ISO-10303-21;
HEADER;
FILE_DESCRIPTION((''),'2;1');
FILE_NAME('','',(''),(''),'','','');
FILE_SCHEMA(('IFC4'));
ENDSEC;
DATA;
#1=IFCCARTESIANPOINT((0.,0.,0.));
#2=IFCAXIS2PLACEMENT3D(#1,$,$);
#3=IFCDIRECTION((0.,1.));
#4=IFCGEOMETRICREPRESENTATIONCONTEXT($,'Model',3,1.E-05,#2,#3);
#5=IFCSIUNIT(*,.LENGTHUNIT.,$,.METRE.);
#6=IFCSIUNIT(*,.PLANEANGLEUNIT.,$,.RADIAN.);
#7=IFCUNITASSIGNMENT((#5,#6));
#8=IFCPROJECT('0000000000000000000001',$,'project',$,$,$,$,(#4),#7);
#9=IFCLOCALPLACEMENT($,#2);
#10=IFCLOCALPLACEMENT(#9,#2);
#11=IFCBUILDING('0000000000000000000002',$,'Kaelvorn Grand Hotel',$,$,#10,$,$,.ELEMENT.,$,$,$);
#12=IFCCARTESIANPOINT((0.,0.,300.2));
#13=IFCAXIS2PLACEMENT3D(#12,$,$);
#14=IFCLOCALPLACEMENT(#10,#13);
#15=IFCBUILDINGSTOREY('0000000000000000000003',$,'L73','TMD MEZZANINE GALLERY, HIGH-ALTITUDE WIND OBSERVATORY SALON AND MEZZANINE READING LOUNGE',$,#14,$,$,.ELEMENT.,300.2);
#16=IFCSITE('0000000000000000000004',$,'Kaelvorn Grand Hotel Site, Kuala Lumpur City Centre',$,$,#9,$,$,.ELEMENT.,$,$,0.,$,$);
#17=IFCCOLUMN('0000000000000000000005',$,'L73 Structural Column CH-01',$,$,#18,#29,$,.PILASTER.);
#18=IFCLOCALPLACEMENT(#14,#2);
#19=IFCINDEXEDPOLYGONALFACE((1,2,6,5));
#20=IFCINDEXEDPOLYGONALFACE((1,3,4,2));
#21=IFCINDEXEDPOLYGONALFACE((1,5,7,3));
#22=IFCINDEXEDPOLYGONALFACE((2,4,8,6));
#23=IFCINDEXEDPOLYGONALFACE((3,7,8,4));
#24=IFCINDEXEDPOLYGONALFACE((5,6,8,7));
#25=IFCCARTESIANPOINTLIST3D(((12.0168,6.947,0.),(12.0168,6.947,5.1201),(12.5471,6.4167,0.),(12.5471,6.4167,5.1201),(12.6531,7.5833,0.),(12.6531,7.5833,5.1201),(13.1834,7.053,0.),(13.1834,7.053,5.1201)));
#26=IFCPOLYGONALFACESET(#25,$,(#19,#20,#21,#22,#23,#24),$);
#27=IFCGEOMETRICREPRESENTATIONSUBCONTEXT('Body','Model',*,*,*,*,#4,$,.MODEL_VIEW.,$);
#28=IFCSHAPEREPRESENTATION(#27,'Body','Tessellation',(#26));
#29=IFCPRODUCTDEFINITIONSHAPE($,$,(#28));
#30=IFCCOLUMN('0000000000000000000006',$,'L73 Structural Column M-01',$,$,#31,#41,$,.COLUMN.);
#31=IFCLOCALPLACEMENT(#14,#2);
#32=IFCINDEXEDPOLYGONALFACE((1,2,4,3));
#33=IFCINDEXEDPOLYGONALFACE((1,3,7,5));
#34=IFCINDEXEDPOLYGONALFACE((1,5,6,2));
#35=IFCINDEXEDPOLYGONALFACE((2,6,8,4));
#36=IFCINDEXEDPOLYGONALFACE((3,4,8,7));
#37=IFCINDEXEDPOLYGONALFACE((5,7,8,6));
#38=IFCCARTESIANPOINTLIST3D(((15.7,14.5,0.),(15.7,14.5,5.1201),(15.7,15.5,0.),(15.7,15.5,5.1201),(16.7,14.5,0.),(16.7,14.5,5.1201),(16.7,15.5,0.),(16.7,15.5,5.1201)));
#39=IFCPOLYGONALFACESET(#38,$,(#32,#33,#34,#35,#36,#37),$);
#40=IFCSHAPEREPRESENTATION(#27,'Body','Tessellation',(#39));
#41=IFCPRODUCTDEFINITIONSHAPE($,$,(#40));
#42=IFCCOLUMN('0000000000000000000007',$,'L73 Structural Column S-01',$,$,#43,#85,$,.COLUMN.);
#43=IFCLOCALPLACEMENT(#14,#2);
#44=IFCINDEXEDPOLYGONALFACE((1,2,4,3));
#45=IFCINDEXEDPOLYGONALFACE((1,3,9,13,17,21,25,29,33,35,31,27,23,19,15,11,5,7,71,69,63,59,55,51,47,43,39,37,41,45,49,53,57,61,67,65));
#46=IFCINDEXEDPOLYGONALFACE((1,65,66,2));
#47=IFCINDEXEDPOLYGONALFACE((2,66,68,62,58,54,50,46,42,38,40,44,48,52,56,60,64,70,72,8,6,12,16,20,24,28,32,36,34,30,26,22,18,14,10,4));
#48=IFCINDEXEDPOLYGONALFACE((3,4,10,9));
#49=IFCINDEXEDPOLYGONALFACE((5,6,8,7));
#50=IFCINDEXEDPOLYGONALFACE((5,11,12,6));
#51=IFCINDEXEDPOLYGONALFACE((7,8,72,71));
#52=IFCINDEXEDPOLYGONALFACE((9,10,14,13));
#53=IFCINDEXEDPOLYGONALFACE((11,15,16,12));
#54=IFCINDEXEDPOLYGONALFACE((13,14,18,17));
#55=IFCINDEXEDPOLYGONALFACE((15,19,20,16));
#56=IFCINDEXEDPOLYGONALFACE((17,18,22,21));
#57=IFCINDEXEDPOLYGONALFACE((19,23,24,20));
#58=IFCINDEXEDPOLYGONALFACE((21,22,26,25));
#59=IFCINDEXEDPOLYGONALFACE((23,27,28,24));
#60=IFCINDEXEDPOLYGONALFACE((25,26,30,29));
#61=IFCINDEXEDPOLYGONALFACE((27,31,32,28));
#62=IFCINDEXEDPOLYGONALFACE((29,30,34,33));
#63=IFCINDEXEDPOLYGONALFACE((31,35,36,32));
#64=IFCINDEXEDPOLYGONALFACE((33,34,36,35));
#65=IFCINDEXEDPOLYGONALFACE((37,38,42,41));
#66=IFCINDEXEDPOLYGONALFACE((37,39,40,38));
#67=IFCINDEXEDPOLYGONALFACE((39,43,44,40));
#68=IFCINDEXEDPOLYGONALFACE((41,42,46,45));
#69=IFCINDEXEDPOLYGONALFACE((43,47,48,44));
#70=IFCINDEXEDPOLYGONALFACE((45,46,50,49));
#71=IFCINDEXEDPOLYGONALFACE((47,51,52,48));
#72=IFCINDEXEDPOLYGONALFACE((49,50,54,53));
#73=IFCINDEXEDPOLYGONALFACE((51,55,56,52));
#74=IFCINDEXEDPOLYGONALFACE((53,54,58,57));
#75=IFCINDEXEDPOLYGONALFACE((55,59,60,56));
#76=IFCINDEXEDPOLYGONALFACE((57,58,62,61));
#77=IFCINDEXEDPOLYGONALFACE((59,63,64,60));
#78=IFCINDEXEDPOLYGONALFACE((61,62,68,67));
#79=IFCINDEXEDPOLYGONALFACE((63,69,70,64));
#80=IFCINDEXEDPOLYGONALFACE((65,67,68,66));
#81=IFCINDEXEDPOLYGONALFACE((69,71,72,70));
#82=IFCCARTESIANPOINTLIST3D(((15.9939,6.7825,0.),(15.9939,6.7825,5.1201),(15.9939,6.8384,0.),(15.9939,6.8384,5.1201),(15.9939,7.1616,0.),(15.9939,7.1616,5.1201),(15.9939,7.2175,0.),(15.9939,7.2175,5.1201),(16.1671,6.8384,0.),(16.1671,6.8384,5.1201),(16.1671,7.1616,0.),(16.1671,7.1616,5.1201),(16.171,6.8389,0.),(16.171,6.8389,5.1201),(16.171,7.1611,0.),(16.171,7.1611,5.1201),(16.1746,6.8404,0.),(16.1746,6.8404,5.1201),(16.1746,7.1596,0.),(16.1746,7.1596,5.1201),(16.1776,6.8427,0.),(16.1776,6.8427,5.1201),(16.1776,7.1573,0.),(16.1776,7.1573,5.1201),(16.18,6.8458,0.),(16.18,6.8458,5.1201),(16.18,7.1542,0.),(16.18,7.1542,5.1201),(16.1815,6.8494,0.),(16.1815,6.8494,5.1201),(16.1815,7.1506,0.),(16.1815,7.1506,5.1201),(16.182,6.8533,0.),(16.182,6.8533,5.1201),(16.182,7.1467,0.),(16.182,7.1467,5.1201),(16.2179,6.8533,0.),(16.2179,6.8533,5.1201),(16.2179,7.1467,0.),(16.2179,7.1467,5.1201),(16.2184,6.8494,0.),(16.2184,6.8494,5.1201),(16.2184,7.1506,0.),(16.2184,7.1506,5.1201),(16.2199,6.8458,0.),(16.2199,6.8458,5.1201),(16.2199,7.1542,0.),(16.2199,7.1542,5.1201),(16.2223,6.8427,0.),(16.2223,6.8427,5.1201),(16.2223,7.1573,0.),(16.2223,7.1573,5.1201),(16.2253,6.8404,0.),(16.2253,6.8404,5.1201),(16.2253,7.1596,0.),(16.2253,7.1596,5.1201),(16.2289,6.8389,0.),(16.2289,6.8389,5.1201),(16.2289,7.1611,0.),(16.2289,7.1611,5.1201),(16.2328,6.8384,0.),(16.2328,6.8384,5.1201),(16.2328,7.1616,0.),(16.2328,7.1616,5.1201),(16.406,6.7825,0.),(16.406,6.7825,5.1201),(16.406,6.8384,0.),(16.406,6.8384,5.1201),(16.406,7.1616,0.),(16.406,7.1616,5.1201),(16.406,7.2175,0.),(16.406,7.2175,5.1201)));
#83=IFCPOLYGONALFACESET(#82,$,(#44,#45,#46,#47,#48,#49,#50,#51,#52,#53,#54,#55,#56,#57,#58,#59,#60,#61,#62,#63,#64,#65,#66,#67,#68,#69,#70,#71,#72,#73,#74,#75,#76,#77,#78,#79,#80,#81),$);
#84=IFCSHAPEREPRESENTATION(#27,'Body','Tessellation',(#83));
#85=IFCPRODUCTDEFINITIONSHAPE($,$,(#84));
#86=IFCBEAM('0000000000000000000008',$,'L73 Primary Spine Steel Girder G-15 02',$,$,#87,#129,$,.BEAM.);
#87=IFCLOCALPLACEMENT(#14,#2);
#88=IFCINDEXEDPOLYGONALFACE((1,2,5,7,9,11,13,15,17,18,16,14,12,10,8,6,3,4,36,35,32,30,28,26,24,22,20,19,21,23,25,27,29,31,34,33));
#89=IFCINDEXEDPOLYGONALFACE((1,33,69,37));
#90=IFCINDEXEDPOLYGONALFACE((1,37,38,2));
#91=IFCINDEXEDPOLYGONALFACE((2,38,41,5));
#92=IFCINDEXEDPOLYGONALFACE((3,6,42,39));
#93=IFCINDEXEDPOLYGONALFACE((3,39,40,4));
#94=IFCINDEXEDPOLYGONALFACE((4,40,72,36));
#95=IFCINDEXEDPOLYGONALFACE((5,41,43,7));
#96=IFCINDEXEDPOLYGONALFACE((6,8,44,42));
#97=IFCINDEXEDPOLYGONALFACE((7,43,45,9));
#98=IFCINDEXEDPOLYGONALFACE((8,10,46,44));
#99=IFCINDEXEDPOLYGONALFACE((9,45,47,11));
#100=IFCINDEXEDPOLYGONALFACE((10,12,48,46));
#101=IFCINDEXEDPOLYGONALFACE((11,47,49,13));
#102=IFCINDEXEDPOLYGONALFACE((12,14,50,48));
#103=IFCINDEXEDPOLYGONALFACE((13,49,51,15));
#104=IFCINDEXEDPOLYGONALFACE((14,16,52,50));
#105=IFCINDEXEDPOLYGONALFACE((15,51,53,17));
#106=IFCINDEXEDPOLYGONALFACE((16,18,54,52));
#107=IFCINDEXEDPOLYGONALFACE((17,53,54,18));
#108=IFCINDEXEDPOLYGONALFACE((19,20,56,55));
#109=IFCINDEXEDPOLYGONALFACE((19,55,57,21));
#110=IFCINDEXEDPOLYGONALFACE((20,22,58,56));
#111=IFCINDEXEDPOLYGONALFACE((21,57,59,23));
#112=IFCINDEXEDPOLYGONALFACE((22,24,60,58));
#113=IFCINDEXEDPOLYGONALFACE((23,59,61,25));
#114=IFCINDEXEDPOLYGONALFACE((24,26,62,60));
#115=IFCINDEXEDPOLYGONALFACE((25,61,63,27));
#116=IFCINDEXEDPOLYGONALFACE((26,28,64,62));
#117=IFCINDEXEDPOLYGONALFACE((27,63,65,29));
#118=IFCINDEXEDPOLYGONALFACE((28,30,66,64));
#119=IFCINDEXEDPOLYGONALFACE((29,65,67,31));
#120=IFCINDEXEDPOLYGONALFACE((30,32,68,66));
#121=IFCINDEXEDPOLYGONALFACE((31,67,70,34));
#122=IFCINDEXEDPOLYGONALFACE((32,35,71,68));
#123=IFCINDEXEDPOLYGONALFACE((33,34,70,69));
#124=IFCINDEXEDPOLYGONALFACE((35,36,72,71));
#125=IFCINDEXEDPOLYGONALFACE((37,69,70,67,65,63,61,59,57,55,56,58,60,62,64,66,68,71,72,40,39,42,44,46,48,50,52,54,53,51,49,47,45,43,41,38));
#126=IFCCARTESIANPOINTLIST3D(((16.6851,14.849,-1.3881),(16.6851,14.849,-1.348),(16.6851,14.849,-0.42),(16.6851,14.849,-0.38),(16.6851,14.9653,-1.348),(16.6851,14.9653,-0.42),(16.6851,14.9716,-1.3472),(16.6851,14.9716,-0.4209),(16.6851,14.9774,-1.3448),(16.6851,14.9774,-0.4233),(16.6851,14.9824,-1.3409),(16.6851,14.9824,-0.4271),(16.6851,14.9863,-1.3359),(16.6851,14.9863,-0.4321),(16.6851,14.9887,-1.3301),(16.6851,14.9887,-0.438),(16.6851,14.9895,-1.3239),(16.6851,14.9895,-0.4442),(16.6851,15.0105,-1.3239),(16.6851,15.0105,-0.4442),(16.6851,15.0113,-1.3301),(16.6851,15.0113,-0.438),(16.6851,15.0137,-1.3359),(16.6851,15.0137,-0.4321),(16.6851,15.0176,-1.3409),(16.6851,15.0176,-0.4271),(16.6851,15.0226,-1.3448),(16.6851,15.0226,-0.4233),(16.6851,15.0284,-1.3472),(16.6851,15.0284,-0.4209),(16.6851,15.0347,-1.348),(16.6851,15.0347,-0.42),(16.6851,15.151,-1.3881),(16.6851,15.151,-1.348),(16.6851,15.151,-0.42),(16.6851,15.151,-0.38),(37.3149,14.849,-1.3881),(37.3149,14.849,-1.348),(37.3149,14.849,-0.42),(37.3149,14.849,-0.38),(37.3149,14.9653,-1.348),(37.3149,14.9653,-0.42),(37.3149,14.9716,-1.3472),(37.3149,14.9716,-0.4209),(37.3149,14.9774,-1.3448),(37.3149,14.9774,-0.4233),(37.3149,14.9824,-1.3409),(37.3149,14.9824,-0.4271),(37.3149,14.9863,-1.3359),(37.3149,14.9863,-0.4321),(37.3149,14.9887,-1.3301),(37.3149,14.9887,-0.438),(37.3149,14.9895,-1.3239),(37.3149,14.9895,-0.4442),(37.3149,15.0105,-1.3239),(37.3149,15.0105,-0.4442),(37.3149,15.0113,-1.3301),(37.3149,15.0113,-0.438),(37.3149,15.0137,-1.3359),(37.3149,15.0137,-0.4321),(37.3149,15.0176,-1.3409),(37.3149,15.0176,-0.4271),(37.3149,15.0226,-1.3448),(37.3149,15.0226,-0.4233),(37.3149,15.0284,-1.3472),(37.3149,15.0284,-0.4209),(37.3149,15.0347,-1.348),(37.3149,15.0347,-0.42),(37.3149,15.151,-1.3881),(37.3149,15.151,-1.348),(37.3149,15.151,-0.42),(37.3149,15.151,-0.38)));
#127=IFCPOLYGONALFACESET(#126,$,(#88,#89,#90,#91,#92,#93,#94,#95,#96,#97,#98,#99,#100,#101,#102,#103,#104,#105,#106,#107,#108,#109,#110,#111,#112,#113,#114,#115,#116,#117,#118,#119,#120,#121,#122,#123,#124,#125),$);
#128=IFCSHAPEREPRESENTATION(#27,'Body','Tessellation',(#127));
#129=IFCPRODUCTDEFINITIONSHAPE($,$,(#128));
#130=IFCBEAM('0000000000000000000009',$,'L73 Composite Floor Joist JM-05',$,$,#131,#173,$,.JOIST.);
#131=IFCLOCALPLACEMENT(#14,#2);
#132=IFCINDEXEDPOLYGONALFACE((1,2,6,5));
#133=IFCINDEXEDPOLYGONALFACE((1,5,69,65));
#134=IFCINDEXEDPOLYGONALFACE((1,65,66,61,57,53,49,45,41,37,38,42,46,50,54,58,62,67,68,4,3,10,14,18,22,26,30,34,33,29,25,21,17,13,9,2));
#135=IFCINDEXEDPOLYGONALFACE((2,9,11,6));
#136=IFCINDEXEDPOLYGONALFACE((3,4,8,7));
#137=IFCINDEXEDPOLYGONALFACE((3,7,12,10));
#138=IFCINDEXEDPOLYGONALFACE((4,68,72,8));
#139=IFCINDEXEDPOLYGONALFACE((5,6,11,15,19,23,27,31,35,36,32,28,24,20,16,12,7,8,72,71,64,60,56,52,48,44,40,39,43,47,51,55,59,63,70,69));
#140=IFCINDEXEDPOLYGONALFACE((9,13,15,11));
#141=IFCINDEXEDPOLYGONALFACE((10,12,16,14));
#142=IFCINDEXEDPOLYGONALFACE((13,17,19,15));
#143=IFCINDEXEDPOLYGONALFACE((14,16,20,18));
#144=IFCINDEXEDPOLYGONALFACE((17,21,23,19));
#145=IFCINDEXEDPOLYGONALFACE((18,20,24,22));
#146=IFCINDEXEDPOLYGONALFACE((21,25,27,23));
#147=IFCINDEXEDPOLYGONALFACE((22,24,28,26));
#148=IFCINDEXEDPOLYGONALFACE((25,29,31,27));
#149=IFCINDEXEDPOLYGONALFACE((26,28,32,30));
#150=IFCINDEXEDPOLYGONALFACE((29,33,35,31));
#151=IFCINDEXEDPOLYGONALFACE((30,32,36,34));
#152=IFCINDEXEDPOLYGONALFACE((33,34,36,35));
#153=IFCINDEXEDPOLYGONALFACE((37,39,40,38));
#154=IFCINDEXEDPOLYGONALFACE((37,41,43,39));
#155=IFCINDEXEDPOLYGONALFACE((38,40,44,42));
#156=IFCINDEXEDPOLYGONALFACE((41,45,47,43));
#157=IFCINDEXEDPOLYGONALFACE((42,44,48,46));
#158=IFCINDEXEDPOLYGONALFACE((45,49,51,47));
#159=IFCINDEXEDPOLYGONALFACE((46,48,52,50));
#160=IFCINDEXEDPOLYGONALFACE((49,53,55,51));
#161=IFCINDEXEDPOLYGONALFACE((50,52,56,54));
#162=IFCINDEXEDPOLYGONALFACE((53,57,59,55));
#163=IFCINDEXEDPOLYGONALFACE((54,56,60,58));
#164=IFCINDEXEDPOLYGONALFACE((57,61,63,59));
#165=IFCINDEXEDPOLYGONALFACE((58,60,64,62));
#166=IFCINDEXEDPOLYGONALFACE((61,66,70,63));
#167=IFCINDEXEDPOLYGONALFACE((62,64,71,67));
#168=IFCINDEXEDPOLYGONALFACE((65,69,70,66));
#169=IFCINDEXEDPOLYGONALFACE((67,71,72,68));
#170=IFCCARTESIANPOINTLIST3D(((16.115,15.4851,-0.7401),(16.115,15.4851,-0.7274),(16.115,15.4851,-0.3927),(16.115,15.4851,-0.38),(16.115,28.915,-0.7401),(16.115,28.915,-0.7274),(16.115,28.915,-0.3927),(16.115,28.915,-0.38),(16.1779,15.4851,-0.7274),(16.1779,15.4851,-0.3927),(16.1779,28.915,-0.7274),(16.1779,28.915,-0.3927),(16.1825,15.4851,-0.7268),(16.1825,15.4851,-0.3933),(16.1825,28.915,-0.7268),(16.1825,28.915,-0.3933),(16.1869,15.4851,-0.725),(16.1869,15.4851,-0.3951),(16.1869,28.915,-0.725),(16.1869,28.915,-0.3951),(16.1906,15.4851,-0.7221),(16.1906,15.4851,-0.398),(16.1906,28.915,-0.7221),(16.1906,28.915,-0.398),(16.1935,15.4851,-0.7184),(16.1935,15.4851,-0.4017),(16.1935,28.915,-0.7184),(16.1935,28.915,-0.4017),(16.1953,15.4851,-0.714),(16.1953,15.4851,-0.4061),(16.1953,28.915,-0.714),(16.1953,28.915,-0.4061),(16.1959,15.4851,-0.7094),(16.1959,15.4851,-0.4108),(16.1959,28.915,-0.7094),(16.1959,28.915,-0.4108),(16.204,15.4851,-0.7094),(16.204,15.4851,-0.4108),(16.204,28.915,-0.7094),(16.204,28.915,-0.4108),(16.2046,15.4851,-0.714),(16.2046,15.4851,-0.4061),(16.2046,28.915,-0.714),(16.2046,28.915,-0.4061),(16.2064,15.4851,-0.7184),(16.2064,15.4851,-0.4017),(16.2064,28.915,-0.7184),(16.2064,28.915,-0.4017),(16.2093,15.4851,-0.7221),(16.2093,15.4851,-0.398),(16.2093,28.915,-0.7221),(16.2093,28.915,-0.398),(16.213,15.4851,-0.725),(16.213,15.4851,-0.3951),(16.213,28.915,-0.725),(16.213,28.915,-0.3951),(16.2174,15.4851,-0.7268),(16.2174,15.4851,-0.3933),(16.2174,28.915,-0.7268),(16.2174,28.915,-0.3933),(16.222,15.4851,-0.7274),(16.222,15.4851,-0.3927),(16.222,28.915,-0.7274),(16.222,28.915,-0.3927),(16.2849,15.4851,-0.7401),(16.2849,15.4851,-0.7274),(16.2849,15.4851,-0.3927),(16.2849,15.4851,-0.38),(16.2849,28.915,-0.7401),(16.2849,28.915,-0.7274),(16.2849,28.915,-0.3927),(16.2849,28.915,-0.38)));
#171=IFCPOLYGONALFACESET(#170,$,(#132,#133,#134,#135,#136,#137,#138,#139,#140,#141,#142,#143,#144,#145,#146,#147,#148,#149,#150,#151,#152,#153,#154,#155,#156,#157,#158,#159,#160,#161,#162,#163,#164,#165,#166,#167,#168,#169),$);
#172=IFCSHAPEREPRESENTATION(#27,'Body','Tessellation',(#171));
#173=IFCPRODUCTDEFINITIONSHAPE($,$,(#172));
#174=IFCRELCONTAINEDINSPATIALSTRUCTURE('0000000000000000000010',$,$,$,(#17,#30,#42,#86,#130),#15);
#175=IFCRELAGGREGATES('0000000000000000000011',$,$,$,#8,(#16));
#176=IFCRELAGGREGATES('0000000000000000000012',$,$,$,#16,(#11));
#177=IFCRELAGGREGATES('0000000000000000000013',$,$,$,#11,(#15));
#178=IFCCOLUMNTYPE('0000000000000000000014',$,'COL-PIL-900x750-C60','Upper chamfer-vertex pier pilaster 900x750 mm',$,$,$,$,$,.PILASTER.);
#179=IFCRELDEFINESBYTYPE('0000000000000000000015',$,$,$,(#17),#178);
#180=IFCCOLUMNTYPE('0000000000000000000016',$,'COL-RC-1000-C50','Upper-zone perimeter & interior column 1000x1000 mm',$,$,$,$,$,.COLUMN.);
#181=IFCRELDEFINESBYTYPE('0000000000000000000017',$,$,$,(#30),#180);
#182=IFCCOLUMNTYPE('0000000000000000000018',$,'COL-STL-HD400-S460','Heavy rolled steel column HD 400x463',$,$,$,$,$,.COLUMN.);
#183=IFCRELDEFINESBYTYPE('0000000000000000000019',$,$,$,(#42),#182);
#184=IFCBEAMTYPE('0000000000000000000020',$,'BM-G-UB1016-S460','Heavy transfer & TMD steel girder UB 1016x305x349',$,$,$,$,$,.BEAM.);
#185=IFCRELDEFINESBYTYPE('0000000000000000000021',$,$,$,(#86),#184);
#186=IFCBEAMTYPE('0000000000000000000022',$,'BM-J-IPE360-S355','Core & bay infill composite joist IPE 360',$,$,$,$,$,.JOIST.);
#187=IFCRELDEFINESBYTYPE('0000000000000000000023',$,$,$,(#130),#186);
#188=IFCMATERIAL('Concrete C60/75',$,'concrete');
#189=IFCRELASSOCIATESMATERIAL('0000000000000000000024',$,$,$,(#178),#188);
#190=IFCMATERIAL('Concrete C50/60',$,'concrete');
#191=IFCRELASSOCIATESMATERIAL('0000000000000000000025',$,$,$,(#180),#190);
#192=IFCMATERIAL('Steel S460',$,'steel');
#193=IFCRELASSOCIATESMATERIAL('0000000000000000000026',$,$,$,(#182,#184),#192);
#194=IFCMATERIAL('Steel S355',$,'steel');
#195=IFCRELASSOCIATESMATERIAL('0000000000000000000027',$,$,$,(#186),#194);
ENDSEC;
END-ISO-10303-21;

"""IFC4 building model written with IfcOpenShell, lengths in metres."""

from ifc_helpers import new_model, si_unit, direction, frame, origin, origin_2d, place, context, subcontext, project, spatial, rectangle, i_section, extrude, material, material_profile, profile_set, type_object, element, save


model = new_model("IFC4")

# Units and contexts
model_context = context("Model", 3, precision=1e-05, world=origin(), true_north=direction((0.0, 1.0)))
body_context = subcontext(model_context, "Body", "Model", "MODEL_VIEW")
ifc_project = project(units=[si_unit("LENGTHUNIT", "METRE"), si_unit("PLANEANGLEUNIT", "RADIAN")], contexts=[model_context])

# Site, building, storey
site_placement = place(None, origin())
site = spatial("IfcSite", under=ifc_project, at=site_placement, Name="Kaelvorn Grand Hotel Site, Kuala Lumpur City Centre", CompositionType="ELEMENT", RefElevation=0.0)
building_placement = place(site_placement, origin())
building = spatial("IfcBuilding", under=site, at=building_placement, Name="Kaelvorn Grand Hotel", CompositionType="ELEMENT")
storey_placement = place(building_placement, frame((0.0, 0.0, 300.2)))
storey = spatial("IfcBuildingStorey", under=building, at=storey_placement, Name="L73", Description="TMD MEZZANINE GALLERY, HIGH-ALTITUDE WIND OBSERVATORY SALON AND MEZZANINE READING LOUNGE", CompositionType="ELEMENT", Elevation=300.2)

# Columns
ifc_material_1 = material(Name="Concrete C60/75", Category="concrete")
ifc_material_profile_1 = material_profile(ifc_material_1, rectangle(XDim=0.8999, YDim=0.75, at=origin_2d()), Name="RC PILASTER 900x750")
ifc_profile_set_1 = profile_set([ifc_material_profile_1], Name="Concrete C60/75")
column_type_1 = type_object("IfcColumnType", Name="COL-PIL-900x750-C60", Description="Upper chamfer-vertex pier pilaster 900x750 mm", PredefinedType="PILASTER", material=ifc_profile_set_1)
column_1_placement = place(storey_placement, frame((12.6001, 7.0, 0.0), z_axis=(0.0, 0.0, 1.0), x_axis=(0.707107, 0.707107, 0.0)))
element("IfcColumn", 1, at=column_1_placement, inside=storey, type_object=column_type_1, Name="L73 Structural Column CH-01", PredefinedType="PILASTER", context=body_context, shape_type="SweptSolid", body=[
    extrude(rectangle(XDim=0.8999, YDim=0.75, at=origin_2d()), origin(), (0.0, 0.0, 1.0), 5.1201),
])
ifc_material_2 = material(Name="Concrete C50/60", Category="concrete")
ifc_material_profile_2 = material_profile(ifc_material_2, rectangle(XDim=1.0, YDim=1.0, at=origin_2d()), Name="RC COL 1000x1000")
ifc_profile_set_2 = profile_set([ifc_material_profile_2], Name="Concrete C50/60")
column_type_2 = type_object("IfcColumnType", Name="COL-RC-1000-C50", Description="Upper-zone perimeter & interior column 1000x1000 mm", PredefinedType="COLUMN", material=ifc_profile_set_2)
column_2_placement = place(storey_placement, frame((16.2, 15.0, 0.0), z_axis=(0.0, 0.0, 1.0), x_axis=(1.0, 0.0, 0.0)))
element("IfcColumn", 2, at=column_2_placement, inside=storey, type_object=column_type_2, Name="L73 Structural Column M-01", PredefinedType="COLUMN", context=body_context, shape_type="SweptSolid", body=[
    extrude(rectangle(XDim=1.0, YDim=1.0, at=origin_2d()), origin(), (0.0, 0.0, 1.0), 5.1201),
])
ifc_material_3 = material(Name="Steel S460", Category="steel")
ifc_material_profile_3 = material_profile(ifc_material_3, i_section(OverallWidth=0.4121, OverallDepth=0.4351, WebThickness=0.0359, FlangeThickness=0.0559, FilletRadius=0.0149, at=origin_2d()), Name="HD 400x463")
ifc_profile_set_3 = profile_set([ifc_material_profile_3], Name="Steel S460")
column_type_3 = type_object("IfcColumnType", Name="COL-STL-HD400-S460", Description="Heavy rolled steel column HD 400x463", PredefinedType="COLUMN", material=ifc_profile_set_3)
column_3_placement = place(storey_placement, frame((16.2, 7.0, 0.0), z_axis=(0.0, 0.0, 1.0), x_axis=(1.0, 0.0, 0.0)))
element("IfcColumn", 3, at=column_3_placement, inside=storey, type_object=column_type_3, Name="L73 Structural Column S-01", PredefinedType="COLUMN", context=body_context, shape_type="SweptSolid", body=[
    extrude(i_section(OverallWidth=0.4121, OverallDepth=0.4351, WebThickness=0.0359, FlangeThickness=0.0559, FilletRadius=0.0149, at=origin_2d()), origin(), (0.0, 0.0, 1.0), 5.1201),
])

# Beams
ifc_material_profile_4 = material_profile(ifc_material_3, i_section(OverallWidth=0.302, OverallDepth=1.0081, WebThickness=0.021, FlangeThickness=0.04, FilletRadius=0.0242, at=origin_2d()), Name="UB 1016x305x349")
ifc_profile_set_4 = profile_set([ifc_material_profile_4], Name="Steel S460")
beam_type_1 = type_object("IfcBeamType", Name="BM-G-UB1016-S460", Description="Heavy transfer & TMD steel girder UB 1016x305x349", PredefinedType="BEAM", material=ifc_profile_set_4)
beam_1_placement = place(storey_placement, frame((16.6851, 15.0, -0.884), z_axis=(1.0, 0.0, 0.0), x_axis=(0.0, 1.0, 0.0)))
element("IfcBeam", 4, at=beam_1_placement, inside=storey, type_object=beam_type_1, Name="L73 Primary Spine Steel Girder G-15 02", PredefinedType="BEAM", context=body_context, shape_type="SweptSolid", body=[
    extrude(i_section(OverallWidth=0.302, OverallDepth=1.0081, WebThickness=0.021, FlangeThickness=0.04, FilletRadius=0.0242, at=origin_2d()), origin(), (0.0, 0.0, 1.0), 20.6299),
])
ifc_material_4 = material(Name="Steel S355", Category="steel")
ifc_material_profile_5 = material_profile(ifc_material_4, i_section(OverallWidth=0.1699, OverallDepth=0.3601, WebThickness=0.0081, FlangeThickness=0.0127, FilletRadius=0.0181, at=origin_2d()), Name="IPE 360")
ifc_profile_set_5 = profile_set([ifc_material_profile_5], Name="Steel S355")
beam_type_2 = type_object("IfcBeamType", Name="BM-J-IPE360-S355", Description="Core & bay infill composite joist IPE 360", PredefinedType="JOIST", material=ifc_profile_set_5)
beam_2_placement = place(storey_placement, frame((16.2, 15.4851, -0.5601), z_axis=(0.0, 1.0, 0.0), x_axis=(-1.0, 0.0, 0.0)))
element("IfcBeam", 5, at=beam_2_placement, inside=storey, type_object=beam_type_2, Name="L73 Composite Floor Joist JM-05", PredefinedType="JOIST", context=body_context, shape_type="SweptSolid", body=[
    extrude(i_section(OverallWidth=0.1699, OverallDepth=0.3601, WebThickness=0.0081, FlangeThickness=0.0127, FilletRadius=0.0181, at=origin_2d()), origin(), (0.0, 0.0, 1.0), 13.4299),
])

save(model, "model.ifc")
